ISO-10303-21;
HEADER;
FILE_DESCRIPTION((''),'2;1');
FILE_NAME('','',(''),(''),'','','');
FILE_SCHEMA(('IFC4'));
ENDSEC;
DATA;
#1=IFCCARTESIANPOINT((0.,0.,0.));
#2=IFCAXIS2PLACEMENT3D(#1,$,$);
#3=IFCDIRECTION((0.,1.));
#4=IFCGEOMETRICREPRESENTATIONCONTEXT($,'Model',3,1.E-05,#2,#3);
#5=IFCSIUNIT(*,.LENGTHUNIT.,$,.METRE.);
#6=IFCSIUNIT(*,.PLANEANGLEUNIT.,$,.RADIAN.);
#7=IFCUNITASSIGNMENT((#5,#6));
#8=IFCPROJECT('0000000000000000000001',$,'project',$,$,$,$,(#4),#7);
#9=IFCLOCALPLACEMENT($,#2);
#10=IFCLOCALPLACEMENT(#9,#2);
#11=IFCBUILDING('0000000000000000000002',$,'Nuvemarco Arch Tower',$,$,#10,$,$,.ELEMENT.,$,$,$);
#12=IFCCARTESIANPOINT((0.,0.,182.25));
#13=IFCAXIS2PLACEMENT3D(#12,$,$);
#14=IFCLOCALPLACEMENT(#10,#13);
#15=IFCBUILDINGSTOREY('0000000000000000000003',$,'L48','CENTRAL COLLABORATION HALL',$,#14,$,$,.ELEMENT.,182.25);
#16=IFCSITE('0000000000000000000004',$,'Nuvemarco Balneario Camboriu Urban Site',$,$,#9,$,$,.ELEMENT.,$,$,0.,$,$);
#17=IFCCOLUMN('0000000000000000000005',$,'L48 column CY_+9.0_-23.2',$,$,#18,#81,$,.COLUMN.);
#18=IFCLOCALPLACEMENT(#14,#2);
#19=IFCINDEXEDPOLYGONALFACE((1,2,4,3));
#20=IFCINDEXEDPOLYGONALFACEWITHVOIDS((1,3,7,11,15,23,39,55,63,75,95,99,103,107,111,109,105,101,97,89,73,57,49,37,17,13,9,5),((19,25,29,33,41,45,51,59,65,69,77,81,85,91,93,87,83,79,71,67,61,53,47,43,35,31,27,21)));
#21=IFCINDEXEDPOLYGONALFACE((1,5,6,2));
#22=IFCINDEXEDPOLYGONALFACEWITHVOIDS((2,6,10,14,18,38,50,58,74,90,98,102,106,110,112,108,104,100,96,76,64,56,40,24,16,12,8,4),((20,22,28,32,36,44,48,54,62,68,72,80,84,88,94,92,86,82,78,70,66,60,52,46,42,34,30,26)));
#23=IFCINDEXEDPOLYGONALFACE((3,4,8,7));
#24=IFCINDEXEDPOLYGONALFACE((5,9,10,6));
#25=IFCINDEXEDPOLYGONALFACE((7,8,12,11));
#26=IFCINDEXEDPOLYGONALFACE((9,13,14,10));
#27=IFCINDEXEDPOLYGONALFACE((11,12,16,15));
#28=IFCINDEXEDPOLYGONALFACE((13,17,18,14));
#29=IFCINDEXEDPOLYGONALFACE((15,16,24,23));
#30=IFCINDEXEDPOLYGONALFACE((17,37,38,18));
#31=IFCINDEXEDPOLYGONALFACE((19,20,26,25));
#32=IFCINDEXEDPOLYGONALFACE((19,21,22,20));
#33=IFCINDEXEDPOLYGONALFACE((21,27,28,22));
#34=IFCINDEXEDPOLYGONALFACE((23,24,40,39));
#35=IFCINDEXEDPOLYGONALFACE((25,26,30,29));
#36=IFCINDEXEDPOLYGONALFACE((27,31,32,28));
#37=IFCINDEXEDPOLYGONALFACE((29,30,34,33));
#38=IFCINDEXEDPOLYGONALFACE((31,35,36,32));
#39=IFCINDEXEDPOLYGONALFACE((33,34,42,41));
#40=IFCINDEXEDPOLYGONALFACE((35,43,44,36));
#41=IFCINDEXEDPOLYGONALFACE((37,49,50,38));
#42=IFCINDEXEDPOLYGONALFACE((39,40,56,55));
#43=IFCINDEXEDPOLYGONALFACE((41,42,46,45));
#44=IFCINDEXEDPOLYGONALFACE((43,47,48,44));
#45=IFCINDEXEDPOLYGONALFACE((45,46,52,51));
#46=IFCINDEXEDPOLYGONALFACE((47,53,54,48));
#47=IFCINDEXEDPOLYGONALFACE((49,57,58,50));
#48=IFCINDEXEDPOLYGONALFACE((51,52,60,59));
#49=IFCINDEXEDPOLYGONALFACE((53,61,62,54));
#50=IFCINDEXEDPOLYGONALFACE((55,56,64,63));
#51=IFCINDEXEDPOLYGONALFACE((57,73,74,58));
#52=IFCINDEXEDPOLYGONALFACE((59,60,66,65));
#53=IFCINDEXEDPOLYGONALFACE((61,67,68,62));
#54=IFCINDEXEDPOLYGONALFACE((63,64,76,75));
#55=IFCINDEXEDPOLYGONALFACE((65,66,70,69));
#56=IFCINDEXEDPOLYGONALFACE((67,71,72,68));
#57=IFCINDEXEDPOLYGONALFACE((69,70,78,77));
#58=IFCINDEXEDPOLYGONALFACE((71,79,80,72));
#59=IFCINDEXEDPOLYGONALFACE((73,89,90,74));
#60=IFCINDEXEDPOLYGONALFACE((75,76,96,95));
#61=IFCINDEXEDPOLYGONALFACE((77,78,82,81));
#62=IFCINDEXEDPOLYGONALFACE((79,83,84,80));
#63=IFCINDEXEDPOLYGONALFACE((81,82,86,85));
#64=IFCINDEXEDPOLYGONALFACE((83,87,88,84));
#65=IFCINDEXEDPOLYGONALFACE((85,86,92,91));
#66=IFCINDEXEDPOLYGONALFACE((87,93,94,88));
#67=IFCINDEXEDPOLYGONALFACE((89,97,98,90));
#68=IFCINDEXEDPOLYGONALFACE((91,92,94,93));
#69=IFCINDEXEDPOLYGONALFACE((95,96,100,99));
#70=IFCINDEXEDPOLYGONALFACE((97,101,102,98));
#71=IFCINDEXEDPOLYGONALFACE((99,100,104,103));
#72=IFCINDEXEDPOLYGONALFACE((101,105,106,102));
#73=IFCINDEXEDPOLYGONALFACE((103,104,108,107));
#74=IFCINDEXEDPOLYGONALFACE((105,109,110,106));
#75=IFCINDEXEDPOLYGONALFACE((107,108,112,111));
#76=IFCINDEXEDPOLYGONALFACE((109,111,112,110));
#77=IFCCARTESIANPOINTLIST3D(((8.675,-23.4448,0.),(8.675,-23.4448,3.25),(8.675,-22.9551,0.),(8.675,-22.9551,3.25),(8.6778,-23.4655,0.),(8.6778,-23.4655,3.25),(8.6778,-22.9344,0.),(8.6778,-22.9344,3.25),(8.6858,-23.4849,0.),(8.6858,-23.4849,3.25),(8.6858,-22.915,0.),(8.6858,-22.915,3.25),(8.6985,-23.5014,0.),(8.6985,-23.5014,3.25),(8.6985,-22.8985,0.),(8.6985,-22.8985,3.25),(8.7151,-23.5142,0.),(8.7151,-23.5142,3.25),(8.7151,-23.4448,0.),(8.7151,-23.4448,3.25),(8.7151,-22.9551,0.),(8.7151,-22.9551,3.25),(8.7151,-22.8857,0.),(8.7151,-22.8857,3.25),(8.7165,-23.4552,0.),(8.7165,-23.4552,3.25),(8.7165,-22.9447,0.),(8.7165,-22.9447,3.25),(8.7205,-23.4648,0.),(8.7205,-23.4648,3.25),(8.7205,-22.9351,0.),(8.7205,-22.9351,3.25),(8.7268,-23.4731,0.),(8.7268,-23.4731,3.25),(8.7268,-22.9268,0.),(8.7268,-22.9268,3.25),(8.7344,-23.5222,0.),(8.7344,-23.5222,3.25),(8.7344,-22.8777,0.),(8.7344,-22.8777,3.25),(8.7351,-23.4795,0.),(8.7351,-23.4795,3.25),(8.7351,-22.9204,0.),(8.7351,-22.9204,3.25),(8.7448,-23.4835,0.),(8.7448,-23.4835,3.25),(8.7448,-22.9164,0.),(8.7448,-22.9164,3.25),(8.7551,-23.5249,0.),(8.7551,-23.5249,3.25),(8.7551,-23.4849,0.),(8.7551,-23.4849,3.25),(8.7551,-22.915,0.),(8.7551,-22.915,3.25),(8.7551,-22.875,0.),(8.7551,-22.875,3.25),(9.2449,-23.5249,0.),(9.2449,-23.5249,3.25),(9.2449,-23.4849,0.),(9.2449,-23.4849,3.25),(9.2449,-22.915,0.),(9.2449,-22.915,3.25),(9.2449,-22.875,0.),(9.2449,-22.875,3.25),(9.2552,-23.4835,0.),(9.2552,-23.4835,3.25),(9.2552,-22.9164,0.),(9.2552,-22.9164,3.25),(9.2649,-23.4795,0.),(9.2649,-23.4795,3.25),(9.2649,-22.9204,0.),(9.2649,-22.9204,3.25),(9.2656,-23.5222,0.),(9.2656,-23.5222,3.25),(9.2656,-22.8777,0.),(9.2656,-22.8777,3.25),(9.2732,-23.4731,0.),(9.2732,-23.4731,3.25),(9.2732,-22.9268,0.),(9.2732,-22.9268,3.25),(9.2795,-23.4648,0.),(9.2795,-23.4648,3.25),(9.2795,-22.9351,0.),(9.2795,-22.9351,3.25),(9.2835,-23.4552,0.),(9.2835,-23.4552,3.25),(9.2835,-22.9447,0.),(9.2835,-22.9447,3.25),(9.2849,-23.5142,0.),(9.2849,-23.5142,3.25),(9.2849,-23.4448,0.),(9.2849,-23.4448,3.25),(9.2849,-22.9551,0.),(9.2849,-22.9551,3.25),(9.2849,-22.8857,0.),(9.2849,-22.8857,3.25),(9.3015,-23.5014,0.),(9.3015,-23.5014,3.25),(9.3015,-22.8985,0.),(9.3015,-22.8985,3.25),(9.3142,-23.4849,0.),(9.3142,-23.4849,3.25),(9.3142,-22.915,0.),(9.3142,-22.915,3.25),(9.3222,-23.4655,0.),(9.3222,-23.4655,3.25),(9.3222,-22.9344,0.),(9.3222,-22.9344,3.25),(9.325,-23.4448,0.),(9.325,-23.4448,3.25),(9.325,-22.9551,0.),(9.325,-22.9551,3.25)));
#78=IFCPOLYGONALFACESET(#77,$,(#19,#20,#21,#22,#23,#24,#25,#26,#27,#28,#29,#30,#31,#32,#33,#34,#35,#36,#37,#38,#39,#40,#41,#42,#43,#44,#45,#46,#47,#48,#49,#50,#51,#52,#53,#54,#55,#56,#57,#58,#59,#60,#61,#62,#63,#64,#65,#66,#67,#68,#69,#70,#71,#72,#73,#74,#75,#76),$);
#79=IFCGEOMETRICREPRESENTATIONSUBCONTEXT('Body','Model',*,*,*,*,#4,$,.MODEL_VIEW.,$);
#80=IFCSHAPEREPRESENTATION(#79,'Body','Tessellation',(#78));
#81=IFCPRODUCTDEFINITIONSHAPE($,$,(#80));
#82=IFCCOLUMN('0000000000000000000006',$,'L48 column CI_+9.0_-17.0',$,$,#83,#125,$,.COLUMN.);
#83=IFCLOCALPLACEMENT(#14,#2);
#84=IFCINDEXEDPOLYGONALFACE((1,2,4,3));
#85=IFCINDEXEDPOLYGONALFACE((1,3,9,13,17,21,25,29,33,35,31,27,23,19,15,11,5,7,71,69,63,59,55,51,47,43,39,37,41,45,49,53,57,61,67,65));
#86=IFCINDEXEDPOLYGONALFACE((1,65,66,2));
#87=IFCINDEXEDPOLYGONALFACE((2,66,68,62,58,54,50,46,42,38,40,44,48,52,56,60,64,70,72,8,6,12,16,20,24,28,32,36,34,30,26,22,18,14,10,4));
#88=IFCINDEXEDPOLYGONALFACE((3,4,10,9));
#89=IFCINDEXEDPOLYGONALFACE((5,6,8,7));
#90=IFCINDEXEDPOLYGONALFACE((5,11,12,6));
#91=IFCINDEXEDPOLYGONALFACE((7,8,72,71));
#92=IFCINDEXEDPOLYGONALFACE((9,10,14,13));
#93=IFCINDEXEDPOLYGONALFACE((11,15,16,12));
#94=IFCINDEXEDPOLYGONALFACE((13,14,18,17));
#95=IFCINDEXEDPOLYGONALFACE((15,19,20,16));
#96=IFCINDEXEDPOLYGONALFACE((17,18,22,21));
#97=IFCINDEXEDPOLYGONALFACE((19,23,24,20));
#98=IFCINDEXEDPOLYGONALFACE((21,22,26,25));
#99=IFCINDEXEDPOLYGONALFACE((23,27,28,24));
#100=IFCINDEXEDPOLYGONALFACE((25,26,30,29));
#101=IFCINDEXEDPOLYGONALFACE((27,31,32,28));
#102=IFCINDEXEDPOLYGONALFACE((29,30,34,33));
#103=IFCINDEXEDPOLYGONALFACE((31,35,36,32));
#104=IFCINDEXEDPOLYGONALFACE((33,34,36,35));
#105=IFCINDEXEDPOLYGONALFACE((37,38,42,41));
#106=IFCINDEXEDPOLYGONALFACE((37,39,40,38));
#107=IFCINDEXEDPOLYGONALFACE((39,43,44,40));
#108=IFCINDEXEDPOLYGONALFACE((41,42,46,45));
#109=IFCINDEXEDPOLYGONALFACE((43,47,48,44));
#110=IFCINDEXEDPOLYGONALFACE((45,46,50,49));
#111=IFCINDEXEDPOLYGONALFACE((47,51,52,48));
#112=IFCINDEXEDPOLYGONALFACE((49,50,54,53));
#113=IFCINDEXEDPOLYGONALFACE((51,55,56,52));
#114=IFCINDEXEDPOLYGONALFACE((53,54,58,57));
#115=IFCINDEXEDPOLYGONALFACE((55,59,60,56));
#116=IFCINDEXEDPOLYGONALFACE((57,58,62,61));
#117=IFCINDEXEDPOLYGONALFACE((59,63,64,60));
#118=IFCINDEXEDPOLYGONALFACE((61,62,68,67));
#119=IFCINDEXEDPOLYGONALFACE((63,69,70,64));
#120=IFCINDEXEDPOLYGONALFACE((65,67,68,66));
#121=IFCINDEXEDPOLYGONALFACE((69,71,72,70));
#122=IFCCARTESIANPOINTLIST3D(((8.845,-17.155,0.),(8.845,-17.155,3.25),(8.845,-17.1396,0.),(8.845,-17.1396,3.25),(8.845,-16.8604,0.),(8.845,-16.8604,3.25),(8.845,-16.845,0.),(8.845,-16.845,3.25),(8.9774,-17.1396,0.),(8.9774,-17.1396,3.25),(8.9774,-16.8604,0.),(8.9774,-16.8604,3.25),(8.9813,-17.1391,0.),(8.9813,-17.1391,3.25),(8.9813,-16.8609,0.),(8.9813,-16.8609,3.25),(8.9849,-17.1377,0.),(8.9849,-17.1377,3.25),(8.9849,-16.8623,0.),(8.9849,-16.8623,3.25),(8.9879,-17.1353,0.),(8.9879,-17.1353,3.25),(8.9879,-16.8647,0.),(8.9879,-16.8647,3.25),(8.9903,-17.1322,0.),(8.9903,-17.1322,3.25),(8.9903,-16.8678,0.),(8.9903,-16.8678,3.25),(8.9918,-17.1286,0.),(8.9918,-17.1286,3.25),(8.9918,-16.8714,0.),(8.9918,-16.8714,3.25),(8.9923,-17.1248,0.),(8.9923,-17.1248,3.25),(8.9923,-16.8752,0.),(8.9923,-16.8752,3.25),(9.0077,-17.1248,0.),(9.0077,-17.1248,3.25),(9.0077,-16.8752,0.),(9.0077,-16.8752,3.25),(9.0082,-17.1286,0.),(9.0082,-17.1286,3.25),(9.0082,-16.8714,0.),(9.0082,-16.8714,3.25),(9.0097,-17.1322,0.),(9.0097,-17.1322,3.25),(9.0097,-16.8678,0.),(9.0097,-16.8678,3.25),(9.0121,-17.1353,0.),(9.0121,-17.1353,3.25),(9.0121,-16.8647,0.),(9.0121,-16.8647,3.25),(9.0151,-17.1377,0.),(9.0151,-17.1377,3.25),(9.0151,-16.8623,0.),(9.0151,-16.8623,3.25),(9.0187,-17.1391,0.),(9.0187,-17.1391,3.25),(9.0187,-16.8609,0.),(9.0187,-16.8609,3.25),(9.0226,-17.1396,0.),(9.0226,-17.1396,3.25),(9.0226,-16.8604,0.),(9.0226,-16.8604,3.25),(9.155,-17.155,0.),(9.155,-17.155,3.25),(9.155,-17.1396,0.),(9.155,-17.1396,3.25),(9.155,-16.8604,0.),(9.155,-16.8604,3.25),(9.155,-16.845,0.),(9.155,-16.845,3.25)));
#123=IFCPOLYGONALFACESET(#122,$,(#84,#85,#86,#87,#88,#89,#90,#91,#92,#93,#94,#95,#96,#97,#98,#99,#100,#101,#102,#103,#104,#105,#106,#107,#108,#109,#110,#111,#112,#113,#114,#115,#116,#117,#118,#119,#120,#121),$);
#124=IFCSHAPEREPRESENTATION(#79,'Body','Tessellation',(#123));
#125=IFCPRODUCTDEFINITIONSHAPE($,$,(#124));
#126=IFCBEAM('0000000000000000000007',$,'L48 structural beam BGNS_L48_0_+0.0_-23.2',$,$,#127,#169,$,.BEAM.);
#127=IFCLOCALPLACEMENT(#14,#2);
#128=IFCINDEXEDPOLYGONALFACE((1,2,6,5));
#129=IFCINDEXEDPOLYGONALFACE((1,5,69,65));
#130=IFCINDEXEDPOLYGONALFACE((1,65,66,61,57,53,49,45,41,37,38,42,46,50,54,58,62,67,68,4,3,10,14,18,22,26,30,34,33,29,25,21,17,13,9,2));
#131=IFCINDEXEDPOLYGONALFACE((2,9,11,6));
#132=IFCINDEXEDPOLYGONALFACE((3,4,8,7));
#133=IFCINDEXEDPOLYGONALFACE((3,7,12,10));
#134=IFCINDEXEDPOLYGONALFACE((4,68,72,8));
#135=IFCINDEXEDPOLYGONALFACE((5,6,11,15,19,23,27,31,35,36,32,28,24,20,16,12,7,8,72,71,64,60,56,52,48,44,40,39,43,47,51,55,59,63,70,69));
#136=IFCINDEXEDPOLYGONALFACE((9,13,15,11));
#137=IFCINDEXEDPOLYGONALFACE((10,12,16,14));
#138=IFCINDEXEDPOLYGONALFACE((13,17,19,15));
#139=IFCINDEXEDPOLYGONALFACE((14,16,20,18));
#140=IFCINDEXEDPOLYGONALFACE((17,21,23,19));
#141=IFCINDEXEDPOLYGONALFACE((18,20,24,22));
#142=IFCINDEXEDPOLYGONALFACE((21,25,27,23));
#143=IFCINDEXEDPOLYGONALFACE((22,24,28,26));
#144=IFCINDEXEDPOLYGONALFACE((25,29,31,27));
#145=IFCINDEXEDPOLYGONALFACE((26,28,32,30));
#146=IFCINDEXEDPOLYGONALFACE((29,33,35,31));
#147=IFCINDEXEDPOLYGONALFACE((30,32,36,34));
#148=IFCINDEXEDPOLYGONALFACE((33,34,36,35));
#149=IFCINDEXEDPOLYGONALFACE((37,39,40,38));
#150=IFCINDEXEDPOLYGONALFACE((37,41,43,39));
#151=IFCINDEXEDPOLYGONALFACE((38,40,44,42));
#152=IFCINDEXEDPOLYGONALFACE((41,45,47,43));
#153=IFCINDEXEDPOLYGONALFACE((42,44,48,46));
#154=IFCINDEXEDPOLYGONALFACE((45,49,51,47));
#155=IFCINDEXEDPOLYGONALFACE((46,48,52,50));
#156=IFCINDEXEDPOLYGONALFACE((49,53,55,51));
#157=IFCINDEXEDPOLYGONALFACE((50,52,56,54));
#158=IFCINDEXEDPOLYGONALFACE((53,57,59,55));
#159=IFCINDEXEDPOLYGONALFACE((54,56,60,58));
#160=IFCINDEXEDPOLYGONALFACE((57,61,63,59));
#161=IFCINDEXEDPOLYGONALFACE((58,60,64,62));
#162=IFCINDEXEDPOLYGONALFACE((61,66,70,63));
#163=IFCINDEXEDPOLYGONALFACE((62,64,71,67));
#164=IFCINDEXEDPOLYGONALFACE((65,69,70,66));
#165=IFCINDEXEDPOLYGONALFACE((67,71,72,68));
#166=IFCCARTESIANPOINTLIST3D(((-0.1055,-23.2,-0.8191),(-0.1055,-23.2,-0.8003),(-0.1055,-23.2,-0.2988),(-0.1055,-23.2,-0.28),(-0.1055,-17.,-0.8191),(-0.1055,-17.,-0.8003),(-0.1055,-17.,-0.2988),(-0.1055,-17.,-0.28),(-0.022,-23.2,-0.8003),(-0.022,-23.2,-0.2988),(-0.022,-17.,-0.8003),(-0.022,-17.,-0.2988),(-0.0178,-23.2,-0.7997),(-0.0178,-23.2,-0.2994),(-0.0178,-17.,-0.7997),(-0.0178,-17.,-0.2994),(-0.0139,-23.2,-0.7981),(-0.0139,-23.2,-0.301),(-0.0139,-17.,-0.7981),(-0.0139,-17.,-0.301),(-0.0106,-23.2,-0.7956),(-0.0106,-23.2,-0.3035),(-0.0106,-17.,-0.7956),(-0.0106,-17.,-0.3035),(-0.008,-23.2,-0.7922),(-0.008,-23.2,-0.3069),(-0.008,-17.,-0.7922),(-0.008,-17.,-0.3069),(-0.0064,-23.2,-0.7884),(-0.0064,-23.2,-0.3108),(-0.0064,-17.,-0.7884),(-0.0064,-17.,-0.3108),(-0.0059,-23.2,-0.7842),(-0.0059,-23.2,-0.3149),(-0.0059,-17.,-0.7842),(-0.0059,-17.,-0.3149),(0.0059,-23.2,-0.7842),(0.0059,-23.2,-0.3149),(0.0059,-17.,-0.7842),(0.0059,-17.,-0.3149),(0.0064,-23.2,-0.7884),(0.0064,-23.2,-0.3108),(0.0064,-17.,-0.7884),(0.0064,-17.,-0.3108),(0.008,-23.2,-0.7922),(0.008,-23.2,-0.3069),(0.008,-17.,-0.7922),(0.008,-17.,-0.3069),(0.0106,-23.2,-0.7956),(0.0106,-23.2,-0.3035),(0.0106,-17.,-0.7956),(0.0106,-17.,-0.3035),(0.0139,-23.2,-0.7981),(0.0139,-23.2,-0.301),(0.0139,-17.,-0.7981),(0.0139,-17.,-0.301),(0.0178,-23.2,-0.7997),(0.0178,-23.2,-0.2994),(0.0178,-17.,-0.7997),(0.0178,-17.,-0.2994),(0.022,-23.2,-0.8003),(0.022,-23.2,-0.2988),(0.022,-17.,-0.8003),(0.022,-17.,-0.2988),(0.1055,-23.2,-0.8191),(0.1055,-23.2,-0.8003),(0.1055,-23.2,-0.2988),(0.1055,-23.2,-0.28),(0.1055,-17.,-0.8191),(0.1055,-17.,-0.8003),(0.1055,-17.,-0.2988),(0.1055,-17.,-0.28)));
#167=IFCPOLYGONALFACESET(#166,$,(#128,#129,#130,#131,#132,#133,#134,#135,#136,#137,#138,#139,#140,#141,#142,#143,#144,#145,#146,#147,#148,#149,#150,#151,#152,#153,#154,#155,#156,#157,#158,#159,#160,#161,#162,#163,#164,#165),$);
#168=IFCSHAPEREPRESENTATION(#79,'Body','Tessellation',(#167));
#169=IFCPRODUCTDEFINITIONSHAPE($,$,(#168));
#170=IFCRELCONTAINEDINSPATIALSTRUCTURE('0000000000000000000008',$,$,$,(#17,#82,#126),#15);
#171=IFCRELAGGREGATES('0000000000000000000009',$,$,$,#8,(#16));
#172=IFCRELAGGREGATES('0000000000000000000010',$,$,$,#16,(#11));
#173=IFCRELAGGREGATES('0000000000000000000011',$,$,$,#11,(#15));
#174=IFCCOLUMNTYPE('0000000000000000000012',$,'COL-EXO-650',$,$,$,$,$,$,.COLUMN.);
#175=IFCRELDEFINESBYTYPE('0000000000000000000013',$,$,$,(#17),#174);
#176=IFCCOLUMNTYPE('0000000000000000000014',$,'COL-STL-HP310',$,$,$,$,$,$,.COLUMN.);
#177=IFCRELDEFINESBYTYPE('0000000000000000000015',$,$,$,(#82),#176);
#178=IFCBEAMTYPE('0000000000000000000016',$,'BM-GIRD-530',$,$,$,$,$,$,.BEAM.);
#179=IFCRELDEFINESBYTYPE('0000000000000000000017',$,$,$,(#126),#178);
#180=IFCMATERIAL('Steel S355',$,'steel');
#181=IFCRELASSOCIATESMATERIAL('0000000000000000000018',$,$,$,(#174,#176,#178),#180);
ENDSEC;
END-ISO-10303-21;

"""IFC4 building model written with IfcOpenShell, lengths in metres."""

from ifc_helpers import new_model, si_unit, direction, frame, origin, origin_2d, place, context, subcontext, project, spatial, hollow_rectangle, i_section, extrude, material, material_profile, profile_set, type_object, element, save


model = new_model("IFC4")

# Units and contexts
model_context = context("Model", 3, precision=1e-05, world=origin(), true_north=direction((0.0, 1.0)))
body_context = subcontext(model_context, "Body", "Model", "MODEL_VIEW")
ifc_project = project(units=[si_unit("LENGTHUNIT", "METRE"), si_unit("PLANEANGLEUNIT", "RADIAN")], contexts=[model_context])

# Site, building, storey
site_placement = place(None, origin())
site = spatial("IfcSite", under=ifc_project, at=site_placement, Name="Nuvemarco Balneario Camboriu Urban Site", CompositionType="ELEMENT", RefElevation=0.0)
building_placement = place(site_placement, origin())
building = spatial("IfcBuilding", under=site, at=building_placement, Name="Nuvemarco Arch Tower", CompositionType="ELEMENT")
storey_placement = place(building_placement, frame((0.0, 0.0, 182.25)))
storey = spatial("IfcBuildingStorey", under=building, at=storey_placement, Name="L48", Description="CENTRAL COLLABORATION HALL", CompositionType="ELEMENT", Elevation=182.25)

# Columns
ifc_material_1 = material(Name="Steel S355", Category="steel")
ifc_material_profile_1 = material_profile(ifc_material_1, hollow_rectangle(XDim=0.6499, YDim=0.6499, WallThickness=0.04, InnerFilletRadius=0.04, OuterFilletRadius=0.0801, at=origin_2d()), Name="SHS650x650x40")
ifc_profile_set_1 = profile_set([ifc_material_profile_1], Name="Steel S355")
column_type_1 = type_object("IfcColumnType", Name="COL-EXO-650", PredefinedType="COLUMN", material=ifc_profile_set_1)
column_1_placement = place(storey_placement, frame((9.0, -23.2, 0.0), z_axis=(0.0, 0.0, 1.0), x_axis=(1.0, 0.0, 0.0)))
element("IfcColumn", 1, at=column_1_placement, inside=storey, type_object=column_type_1, Name="L48 column CY_+9.0_-23.2", PredefinedType="COLUMN", context=body_context, shape_type="SweptSolid", body=[
    extrude(hollow_rectangle(XDim=0.6499, YDim=0.6499, WallThickness=0.04, InnerFilletRadius=0.04, OuterFilletRadius=0.0801, at=origin_2d()), origin(), (0.0, 0.0, 1.0), 3.25),
])
ifc_material_profile_2 = material_profile(ifc_material_1, i_section(OverallWidth=0.3101, OverallDepth=0.3101, WebThickness=0.0154, FlangeThickness=0.0154, FilletRadius=0.0149, at=origin_2d()), Name="HP310x110")
ifc_profile_set_2 = profile_set([ifc_material_profile_2], Name="Steel S355")
column_type_2 = type_object("IfcColumnType", Name="COL-STL-HP310", PredefinedType="COLUMN", material=ifc_profile_set_2)
column_2_placement = place(storey_placement, frame((9.0, -17.0, 0.0), z_axis=(0.0, 0.0, 1.0), x_axis=(1.0, 0.0, 0.0)))
element("IfcColumn", 2, at=column_2_placement, inside=storey, type_object=column_type_2, Name="L48 column CI_+9.0_-17.0", PredefinedType="COLUMN", context=body_context, shape_type="SweptSolid", body=[
    extrude(i_section(OverallWidth=0.3101, OverallDepth=0.3101, WebThickness=0.0154, FlangeThickness=0.0154, FilletRadius=0.0149, at=origin_2d()), origin(), (0.0, 0.0, 1.0), 3.25),
])

# Beam
ifc_material_profile_3 = material_profile(ifc_material_1, i_section(OverallWidth=0.2109, OverallDepth=0.5391, WebThickness=0.0117, FlangeThickness=0.0188, FilletRadius=0.0161, at=origin_2d()), Name="W530x109")
ifc_profile_set_3 = profile_set([ifc_material_profile_3], Name="Steel S355")
beam_type_1 = type_object("IfcBeamType", Name="BM-GIRD-530", PredefinedType="BEAM", material=ifc_profile_set_3)
beam_1_placement = place(storey_placement, frame((0.0, -23.2, -0.5496), z_axis=(0.0, 1.0, 0.0), x_axis=(-1.0, 0.0, 0.0)))
element("IfcBeam", 3, at=beam_1_placement, inside=storey, type_object=beam_type_1, Name="L48 structural beam BGNS_L48_0_+0.0_-23.2", PredefinedType="BEAM", context=body_context, shape_type="SweptSolid", body=[
    extrude(i_section(OverallWidth=0.2109, OverallDepth=0.5391, WebThickness=0.0117, FlangeThickness=0.0188, FilletRadius=0.0161, at=origin_2d()), origin(), (0.0, 0.0, 1.0), 6.2),
])

save(model, "model.ifc")
